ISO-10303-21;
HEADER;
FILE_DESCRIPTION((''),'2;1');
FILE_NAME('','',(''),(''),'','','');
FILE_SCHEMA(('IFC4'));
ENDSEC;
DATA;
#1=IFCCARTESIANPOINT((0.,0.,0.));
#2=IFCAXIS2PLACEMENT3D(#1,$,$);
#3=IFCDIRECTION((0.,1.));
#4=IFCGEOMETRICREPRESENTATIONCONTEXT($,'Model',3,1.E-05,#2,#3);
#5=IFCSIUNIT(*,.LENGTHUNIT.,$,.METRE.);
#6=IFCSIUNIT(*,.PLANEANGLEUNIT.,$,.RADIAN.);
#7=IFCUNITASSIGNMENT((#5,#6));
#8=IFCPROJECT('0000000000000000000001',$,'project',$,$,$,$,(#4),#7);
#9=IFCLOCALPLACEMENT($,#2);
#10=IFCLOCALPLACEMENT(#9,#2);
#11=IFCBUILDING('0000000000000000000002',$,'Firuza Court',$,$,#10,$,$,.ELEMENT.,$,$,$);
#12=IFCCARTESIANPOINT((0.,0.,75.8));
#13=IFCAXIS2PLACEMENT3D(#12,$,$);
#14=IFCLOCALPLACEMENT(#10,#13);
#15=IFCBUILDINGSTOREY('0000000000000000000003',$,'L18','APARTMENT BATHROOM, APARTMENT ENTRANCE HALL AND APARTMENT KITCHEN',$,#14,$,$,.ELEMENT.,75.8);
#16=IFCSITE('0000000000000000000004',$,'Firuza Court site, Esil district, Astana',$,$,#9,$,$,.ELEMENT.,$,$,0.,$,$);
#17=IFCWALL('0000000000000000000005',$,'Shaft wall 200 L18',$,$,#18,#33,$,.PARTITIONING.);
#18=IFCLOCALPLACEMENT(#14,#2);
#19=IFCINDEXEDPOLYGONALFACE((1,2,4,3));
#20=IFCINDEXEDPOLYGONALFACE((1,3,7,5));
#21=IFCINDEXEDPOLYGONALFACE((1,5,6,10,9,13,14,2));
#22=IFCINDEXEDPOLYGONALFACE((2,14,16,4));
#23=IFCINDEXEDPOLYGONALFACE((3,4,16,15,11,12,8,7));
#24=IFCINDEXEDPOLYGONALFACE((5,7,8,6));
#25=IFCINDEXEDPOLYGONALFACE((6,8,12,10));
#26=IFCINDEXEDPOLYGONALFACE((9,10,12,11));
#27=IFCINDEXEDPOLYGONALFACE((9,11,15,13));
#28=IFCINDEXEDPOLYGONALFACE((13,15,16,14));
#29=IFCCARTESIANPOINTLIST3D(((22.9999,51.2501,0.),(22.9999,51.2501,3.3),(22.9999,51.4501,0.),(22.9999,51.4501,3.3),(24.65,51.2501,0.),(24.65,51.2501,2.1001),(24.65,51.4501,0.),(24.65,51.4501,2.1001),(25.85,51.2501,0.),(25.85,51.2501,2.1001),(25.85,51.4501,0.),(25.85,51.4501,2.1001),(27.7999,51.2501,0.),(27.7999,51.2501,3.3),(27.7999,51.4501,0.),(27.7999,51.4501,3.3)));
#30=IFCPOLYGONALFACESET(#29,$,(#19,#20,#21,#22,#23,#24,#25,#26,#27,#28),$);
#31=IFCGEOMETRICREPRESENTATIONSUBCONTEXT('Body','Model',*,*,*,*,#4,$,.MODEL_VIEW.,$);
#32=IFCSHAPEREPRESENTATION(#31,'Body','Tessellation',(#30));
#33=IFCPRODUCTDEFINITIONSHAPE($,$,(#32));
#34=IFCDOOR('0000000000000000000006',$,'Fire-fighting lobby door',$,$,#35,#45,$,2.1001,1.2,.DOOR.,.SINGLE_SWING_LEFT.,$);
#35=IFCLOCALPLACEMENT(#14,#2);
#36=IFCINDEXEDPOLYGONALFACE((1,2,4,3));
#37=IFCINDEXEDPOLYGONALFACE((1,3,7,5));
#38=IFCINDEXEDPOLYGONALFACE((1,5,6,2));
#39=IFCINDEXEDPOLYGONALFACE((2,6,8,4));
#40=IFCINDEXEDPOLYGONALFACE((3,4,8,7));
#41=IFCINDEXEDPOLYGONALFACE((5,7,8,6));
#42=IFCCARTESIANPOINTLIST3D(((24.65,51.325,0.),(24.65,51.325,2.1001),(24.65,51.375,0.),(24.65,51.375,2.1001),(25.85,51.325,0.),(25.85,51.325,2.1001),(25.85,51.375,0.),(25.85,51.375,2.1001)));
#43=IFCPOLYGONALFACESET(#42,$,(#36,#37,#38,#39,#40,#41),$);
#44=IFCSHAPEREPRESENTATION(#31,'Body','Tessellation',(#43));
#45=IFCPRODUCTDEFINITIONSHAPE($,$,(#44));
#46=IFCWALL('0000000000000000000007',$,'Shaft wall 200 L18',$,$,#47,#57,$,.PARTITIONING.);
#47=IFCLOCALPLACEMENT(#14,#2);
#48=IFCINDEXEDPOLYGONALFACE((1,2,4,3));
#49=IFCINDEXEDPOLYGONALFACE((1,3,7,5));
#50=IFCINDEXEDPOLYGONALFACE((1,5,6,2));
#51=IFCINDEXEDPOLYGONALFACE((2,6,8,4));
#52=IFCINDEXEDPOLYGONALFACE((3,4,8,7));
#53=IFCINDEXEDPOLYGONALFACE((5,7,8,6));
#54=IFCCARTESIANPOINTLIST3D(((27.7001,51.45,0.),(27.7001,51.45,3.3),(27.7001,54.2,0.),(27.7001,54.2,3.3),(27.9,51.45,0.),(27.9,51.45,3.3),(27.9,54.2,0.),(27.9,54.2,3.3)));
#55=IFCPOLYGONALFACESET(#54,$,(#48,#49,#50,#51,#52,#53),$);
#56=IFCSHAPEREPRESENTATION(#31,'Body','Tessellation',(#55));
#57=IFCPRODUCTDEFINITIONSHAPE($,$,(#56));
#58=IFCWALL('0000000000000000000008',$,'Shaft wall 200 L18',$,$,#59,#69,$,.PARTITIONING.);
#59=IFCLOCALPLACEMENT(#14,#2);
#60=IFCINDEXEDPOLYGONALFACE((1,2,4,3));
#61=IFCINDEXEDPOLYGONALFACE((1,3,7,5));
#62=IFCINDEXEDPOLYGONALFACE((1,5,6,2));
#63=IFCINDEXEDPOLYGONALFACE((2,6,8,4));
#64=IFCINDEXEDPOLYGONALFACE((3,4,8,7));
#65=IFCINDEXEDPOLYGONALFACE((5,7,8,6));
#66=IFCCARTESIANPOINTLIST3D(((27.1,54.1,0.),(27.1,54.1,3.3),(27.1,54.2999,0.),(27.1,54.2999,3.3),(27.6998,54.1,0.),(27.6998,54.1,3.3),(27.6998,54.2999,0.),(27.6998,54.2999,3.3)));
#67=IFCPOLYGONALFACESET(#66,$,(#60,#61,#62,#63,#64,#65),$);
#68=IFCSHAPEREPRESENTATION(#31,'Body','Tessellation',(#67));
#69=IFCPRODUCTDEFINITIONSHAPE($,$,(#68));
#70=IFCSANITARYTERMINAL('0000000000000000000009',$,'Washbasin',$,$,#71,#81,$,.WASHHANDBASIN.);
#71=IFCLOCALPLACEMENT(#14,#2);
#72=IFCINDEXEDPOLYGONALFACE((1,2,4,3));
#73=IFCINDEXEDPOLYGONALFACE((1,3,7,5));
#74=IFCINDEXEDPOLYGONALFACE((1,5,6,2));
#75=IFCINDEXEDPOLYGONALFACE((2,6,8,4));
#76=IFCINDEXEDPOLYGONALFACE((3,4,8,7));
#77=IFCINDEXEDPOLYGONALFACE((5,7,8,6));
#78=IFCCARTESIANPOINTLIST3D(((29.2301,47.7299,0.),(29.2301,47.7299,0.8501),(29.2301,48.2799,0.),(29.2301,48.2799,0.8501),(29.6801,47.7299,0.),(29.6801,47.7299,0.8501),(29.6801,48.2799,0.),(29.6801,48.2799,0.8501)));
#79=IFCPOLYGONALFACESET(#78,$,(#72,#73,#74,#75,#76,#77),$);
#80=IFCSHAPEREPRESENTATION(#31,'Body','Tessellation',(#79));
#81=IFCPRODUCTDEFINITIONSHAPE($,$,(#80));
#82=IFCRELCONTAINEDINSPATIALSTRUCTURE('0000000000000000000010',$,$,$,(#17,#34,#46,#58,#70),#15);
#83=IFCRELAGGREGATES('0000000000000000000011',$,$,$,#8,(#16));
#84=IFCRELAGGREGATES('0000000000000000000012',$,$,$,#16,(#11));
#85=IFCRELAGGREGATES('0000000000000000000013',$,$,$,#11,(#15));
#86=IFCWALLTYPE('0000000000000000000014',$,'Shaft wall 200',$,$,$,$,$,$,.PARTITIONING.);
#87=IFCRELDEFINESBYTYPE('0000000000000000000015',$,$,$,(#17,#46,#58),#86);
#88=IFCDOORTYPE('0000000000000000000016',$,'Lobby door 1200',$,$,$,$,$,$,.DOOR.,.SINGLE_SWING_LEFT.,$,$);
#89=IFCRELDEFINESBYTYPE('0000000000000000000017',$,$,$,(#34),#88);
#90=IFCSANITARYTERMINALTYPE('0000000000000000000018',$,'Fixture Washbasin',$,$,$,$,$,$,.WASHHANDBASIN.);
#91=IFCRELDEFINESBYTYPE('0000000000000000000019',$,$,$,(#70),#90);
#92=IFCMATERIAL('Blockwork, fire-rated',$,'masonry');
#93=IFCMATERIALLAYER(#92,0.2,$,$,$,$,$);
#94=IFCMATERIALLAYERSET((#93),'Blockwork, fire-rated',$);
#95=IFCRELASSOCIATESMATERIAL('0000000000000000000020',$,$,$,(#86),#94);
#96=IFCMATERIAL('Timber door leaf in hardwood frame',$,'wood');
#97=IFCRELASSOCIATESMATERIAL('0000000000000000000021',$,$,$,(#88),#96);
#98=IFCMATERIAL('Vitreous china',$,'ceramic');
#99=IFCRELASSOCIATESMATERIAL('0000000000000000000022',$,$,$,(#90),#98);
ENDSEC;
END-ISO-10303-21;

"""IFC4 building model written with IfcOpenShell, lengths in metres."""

from ifc_helpers import new_model, si_unit, direction, frame, frame_2d, origin, origin_2d, place, context, subcontext, project, spatial, rectangle, extrude, material, layer, layer_set, type_object, element, fill, save


model = new_model("IFC4")

# Units and contexts
model_context = context("Model", 3, precision=1e-05, world=origin(), true_north=direction((0.0, 1.0)))
body_context = subcontext(model_context, "Body", "Model", "MODEL_VIEW")
ifc_project = project(units=[si_unit("LENGTHUNIT", "METRE"), si_unit("PLANEANGLEUNIT", "RADIAN")], contexts=[model_context])

# Site, building, storey
site_placement = place(None, origin())
site = spatial("IfcSite", under=ifc_project, at=site_placement, Name="Firuza Court site, Esil district, Astana", CompositionType="ELEMENT", RefElevation=0.0)
building_placement = place(site_placement, origin())
building = spatial("IfcBuilding", under=site, at=building_placement, Name="Firuza Court", CompositionType="ELEMENT")
storey_placement = place(building_placement, frame((0.0, 0.0, 75.8)))
storey = spatial("IfcBuildingStorey", under=building, at=storey_placement, Name="L18", Description="APARTMENT BATHROOM, APARTMENT ENTRANCE HALL AND APARTMENT KITCHEN", CompositionType="ELEMENT", Elevation=75.8)

# Shared definitions
ifc_material_1 = material(Name="Blockwork, fire-rated", Category="masonry")

# Shared definitions
ifc_layer_1 = layer(ifc_material_1, 0.2)
ifc_layer_set_1 = layer_set([ifc_layer_1], Name="Blockwork, fire-rated")
wall_type_1 = type_object("IfcWallType", Name="Shaft wall 200", PredefinedType="PARTITIONING", material=ifc_layer_set_1)

# Wall, opening, door
wall_1_placement = place(storey_placement, frame((23.0, 51.3501, 0.0), z_axis=(0.0, 0.0, 1.0), x_axis=(1.0, 0.0, 0.0)))
wall_1 = element("IfcWall", 1, at=wall_1_placement, inside=storey, type_object=wall_type_1, Name="Shaft wall 200 L18", PredefinedType="PARTITIONING", context=body_context, shape_type="SweptSolid", body=[
    extrude(rectangle(XDim=4.8, YDim=0.2, at=frame_2d((2.3999, 0.0))), origin(), (0.0, 0.0, 1.0), 3.3),
])
opening_1_placement = place(wall_1_placement, frame((1.6499, 0.0, 0.0)))
opening_1 = element("IfcOpeningElement", 2, at=opening_1_placement, cuts=wall_1, PredefinedType="OPENING", context=body_context, shape_type="SweptSolid", body=[
    extrude(rectangle(XDim=1.2, YDim=2.1001, at=frame_2d((0.6001, 1.05))), frame((0.0, 0.1118, 0.0), z_axis=(0.0, -1.0, 0.0), x_axis=(1.0, 0.0, 0.0)), (0.0, 0.0, 1.0), 0.2239),
])
ifc_material_2 = material(Name="Timber door leaf in hardwood frame", Category="wood")
door_type_1 = type_object("IfcDoorType", Name="Lobby door 1200", OperationType="SINGLE_SWING_LEFT", PredefinedType="DOOR", material=ifc_material_2)
door_1_placement = place(opening_1_placement, origin())
door_1 = element("IfcDoor", 3, at=door_1_placement, inside=storey, type_object=door_type_1, Name="Fire-fighting lobby door", OperationType="SINGLE_SWING_LEFT", OverallHeight=2.1001, OverallWidth=1.2, PredefinedType="DOOR", context=body_context, shape_type="SweptSolid", body=[
    extrude(rectangle(XDim=1.2, YDim=2.1001, at=frame_2d((0.6001, 1.05))), frame((0.0, 0.0249, 0.0), z_axis=(0.0, -1.0, 0.0), x_axis=(1.0, 0.0, 0.0)), (0.0, 0.0, 1.0), 0.05),
])
fill(opening_1, door_1)

# Walls
wall_2_placement = place(storey_placement, frame((27.8, 51.45, 0.0), z_axis=(0.0, 0.0, 1.0), x_axis=(0.0, 1.0, 0.0)))
element("IfcWall", 4, at=wall_2_placement, inside=storey, type_object=wall_type_1, Name="Shaft wall 200 L18", PredefinedType="PARTITIONING", context=body_context, shape_type="SweptSolid", body=[
    extrude(rectangle(XDim=2.75, YDim=0.2, at=frame_2d((1.375, 0.0))), origin(), (0.0, 0.0, 1.0), 3.3),
])
wall_3_placement = place(storey_placement, frame((27.1001, 54.2, 0.0), z_axis=(0.0, 0.0, 1.0), x_axis=(1.0, 0.0, 0.0)))
element("IfcWall", 5, at=wall_3_placement, inside=storey, type_object=wall_type_1, Name="Shaft wall 200 L18", PredefinedType="PARTITIONING", context=body_context, shape_type="SweptSolid", body=[
    extrude(rectangle(XDim=0.5999, YDim=0.2, at=frame_2d((0.2998, 0.0))), origin(), (0.0, 0.0, 1.0), 3.3),
])

# Sanitary terminal
ifc_material_3 = material(Name="Vitreous china", Category="ceramic")
sanitary_terminal_type = type_object("IfcSanitaryTerminalType", Name="Fixture Washbasin", PredefinedType="WASHHANDBASIN", material=ifc_material_3)
sanitary_terminal_placement = place(storey_placement, frame((29.4551, 48.0049, 0.0), z_axis=(0.0, 0.0, 1.0), x_axis=(1.0, 0.0, 0.0)))
element("IfcSanitaryTerminal", 6, at=sanitary_terminal_placement, inside=storey, type_object=sanitary_terminal_type, Name="Washbasin", PredefinedType="WASHHANDBASIN", context=body_context, shape_type="SweptSolid", body=[
    extrude(rectangle(XDim=0.45, YDim=0.55, at=origin_2d()), origin(), (0.0, 0.0, 1.0), 0.8501),
])

save(model, "model.ifc")
